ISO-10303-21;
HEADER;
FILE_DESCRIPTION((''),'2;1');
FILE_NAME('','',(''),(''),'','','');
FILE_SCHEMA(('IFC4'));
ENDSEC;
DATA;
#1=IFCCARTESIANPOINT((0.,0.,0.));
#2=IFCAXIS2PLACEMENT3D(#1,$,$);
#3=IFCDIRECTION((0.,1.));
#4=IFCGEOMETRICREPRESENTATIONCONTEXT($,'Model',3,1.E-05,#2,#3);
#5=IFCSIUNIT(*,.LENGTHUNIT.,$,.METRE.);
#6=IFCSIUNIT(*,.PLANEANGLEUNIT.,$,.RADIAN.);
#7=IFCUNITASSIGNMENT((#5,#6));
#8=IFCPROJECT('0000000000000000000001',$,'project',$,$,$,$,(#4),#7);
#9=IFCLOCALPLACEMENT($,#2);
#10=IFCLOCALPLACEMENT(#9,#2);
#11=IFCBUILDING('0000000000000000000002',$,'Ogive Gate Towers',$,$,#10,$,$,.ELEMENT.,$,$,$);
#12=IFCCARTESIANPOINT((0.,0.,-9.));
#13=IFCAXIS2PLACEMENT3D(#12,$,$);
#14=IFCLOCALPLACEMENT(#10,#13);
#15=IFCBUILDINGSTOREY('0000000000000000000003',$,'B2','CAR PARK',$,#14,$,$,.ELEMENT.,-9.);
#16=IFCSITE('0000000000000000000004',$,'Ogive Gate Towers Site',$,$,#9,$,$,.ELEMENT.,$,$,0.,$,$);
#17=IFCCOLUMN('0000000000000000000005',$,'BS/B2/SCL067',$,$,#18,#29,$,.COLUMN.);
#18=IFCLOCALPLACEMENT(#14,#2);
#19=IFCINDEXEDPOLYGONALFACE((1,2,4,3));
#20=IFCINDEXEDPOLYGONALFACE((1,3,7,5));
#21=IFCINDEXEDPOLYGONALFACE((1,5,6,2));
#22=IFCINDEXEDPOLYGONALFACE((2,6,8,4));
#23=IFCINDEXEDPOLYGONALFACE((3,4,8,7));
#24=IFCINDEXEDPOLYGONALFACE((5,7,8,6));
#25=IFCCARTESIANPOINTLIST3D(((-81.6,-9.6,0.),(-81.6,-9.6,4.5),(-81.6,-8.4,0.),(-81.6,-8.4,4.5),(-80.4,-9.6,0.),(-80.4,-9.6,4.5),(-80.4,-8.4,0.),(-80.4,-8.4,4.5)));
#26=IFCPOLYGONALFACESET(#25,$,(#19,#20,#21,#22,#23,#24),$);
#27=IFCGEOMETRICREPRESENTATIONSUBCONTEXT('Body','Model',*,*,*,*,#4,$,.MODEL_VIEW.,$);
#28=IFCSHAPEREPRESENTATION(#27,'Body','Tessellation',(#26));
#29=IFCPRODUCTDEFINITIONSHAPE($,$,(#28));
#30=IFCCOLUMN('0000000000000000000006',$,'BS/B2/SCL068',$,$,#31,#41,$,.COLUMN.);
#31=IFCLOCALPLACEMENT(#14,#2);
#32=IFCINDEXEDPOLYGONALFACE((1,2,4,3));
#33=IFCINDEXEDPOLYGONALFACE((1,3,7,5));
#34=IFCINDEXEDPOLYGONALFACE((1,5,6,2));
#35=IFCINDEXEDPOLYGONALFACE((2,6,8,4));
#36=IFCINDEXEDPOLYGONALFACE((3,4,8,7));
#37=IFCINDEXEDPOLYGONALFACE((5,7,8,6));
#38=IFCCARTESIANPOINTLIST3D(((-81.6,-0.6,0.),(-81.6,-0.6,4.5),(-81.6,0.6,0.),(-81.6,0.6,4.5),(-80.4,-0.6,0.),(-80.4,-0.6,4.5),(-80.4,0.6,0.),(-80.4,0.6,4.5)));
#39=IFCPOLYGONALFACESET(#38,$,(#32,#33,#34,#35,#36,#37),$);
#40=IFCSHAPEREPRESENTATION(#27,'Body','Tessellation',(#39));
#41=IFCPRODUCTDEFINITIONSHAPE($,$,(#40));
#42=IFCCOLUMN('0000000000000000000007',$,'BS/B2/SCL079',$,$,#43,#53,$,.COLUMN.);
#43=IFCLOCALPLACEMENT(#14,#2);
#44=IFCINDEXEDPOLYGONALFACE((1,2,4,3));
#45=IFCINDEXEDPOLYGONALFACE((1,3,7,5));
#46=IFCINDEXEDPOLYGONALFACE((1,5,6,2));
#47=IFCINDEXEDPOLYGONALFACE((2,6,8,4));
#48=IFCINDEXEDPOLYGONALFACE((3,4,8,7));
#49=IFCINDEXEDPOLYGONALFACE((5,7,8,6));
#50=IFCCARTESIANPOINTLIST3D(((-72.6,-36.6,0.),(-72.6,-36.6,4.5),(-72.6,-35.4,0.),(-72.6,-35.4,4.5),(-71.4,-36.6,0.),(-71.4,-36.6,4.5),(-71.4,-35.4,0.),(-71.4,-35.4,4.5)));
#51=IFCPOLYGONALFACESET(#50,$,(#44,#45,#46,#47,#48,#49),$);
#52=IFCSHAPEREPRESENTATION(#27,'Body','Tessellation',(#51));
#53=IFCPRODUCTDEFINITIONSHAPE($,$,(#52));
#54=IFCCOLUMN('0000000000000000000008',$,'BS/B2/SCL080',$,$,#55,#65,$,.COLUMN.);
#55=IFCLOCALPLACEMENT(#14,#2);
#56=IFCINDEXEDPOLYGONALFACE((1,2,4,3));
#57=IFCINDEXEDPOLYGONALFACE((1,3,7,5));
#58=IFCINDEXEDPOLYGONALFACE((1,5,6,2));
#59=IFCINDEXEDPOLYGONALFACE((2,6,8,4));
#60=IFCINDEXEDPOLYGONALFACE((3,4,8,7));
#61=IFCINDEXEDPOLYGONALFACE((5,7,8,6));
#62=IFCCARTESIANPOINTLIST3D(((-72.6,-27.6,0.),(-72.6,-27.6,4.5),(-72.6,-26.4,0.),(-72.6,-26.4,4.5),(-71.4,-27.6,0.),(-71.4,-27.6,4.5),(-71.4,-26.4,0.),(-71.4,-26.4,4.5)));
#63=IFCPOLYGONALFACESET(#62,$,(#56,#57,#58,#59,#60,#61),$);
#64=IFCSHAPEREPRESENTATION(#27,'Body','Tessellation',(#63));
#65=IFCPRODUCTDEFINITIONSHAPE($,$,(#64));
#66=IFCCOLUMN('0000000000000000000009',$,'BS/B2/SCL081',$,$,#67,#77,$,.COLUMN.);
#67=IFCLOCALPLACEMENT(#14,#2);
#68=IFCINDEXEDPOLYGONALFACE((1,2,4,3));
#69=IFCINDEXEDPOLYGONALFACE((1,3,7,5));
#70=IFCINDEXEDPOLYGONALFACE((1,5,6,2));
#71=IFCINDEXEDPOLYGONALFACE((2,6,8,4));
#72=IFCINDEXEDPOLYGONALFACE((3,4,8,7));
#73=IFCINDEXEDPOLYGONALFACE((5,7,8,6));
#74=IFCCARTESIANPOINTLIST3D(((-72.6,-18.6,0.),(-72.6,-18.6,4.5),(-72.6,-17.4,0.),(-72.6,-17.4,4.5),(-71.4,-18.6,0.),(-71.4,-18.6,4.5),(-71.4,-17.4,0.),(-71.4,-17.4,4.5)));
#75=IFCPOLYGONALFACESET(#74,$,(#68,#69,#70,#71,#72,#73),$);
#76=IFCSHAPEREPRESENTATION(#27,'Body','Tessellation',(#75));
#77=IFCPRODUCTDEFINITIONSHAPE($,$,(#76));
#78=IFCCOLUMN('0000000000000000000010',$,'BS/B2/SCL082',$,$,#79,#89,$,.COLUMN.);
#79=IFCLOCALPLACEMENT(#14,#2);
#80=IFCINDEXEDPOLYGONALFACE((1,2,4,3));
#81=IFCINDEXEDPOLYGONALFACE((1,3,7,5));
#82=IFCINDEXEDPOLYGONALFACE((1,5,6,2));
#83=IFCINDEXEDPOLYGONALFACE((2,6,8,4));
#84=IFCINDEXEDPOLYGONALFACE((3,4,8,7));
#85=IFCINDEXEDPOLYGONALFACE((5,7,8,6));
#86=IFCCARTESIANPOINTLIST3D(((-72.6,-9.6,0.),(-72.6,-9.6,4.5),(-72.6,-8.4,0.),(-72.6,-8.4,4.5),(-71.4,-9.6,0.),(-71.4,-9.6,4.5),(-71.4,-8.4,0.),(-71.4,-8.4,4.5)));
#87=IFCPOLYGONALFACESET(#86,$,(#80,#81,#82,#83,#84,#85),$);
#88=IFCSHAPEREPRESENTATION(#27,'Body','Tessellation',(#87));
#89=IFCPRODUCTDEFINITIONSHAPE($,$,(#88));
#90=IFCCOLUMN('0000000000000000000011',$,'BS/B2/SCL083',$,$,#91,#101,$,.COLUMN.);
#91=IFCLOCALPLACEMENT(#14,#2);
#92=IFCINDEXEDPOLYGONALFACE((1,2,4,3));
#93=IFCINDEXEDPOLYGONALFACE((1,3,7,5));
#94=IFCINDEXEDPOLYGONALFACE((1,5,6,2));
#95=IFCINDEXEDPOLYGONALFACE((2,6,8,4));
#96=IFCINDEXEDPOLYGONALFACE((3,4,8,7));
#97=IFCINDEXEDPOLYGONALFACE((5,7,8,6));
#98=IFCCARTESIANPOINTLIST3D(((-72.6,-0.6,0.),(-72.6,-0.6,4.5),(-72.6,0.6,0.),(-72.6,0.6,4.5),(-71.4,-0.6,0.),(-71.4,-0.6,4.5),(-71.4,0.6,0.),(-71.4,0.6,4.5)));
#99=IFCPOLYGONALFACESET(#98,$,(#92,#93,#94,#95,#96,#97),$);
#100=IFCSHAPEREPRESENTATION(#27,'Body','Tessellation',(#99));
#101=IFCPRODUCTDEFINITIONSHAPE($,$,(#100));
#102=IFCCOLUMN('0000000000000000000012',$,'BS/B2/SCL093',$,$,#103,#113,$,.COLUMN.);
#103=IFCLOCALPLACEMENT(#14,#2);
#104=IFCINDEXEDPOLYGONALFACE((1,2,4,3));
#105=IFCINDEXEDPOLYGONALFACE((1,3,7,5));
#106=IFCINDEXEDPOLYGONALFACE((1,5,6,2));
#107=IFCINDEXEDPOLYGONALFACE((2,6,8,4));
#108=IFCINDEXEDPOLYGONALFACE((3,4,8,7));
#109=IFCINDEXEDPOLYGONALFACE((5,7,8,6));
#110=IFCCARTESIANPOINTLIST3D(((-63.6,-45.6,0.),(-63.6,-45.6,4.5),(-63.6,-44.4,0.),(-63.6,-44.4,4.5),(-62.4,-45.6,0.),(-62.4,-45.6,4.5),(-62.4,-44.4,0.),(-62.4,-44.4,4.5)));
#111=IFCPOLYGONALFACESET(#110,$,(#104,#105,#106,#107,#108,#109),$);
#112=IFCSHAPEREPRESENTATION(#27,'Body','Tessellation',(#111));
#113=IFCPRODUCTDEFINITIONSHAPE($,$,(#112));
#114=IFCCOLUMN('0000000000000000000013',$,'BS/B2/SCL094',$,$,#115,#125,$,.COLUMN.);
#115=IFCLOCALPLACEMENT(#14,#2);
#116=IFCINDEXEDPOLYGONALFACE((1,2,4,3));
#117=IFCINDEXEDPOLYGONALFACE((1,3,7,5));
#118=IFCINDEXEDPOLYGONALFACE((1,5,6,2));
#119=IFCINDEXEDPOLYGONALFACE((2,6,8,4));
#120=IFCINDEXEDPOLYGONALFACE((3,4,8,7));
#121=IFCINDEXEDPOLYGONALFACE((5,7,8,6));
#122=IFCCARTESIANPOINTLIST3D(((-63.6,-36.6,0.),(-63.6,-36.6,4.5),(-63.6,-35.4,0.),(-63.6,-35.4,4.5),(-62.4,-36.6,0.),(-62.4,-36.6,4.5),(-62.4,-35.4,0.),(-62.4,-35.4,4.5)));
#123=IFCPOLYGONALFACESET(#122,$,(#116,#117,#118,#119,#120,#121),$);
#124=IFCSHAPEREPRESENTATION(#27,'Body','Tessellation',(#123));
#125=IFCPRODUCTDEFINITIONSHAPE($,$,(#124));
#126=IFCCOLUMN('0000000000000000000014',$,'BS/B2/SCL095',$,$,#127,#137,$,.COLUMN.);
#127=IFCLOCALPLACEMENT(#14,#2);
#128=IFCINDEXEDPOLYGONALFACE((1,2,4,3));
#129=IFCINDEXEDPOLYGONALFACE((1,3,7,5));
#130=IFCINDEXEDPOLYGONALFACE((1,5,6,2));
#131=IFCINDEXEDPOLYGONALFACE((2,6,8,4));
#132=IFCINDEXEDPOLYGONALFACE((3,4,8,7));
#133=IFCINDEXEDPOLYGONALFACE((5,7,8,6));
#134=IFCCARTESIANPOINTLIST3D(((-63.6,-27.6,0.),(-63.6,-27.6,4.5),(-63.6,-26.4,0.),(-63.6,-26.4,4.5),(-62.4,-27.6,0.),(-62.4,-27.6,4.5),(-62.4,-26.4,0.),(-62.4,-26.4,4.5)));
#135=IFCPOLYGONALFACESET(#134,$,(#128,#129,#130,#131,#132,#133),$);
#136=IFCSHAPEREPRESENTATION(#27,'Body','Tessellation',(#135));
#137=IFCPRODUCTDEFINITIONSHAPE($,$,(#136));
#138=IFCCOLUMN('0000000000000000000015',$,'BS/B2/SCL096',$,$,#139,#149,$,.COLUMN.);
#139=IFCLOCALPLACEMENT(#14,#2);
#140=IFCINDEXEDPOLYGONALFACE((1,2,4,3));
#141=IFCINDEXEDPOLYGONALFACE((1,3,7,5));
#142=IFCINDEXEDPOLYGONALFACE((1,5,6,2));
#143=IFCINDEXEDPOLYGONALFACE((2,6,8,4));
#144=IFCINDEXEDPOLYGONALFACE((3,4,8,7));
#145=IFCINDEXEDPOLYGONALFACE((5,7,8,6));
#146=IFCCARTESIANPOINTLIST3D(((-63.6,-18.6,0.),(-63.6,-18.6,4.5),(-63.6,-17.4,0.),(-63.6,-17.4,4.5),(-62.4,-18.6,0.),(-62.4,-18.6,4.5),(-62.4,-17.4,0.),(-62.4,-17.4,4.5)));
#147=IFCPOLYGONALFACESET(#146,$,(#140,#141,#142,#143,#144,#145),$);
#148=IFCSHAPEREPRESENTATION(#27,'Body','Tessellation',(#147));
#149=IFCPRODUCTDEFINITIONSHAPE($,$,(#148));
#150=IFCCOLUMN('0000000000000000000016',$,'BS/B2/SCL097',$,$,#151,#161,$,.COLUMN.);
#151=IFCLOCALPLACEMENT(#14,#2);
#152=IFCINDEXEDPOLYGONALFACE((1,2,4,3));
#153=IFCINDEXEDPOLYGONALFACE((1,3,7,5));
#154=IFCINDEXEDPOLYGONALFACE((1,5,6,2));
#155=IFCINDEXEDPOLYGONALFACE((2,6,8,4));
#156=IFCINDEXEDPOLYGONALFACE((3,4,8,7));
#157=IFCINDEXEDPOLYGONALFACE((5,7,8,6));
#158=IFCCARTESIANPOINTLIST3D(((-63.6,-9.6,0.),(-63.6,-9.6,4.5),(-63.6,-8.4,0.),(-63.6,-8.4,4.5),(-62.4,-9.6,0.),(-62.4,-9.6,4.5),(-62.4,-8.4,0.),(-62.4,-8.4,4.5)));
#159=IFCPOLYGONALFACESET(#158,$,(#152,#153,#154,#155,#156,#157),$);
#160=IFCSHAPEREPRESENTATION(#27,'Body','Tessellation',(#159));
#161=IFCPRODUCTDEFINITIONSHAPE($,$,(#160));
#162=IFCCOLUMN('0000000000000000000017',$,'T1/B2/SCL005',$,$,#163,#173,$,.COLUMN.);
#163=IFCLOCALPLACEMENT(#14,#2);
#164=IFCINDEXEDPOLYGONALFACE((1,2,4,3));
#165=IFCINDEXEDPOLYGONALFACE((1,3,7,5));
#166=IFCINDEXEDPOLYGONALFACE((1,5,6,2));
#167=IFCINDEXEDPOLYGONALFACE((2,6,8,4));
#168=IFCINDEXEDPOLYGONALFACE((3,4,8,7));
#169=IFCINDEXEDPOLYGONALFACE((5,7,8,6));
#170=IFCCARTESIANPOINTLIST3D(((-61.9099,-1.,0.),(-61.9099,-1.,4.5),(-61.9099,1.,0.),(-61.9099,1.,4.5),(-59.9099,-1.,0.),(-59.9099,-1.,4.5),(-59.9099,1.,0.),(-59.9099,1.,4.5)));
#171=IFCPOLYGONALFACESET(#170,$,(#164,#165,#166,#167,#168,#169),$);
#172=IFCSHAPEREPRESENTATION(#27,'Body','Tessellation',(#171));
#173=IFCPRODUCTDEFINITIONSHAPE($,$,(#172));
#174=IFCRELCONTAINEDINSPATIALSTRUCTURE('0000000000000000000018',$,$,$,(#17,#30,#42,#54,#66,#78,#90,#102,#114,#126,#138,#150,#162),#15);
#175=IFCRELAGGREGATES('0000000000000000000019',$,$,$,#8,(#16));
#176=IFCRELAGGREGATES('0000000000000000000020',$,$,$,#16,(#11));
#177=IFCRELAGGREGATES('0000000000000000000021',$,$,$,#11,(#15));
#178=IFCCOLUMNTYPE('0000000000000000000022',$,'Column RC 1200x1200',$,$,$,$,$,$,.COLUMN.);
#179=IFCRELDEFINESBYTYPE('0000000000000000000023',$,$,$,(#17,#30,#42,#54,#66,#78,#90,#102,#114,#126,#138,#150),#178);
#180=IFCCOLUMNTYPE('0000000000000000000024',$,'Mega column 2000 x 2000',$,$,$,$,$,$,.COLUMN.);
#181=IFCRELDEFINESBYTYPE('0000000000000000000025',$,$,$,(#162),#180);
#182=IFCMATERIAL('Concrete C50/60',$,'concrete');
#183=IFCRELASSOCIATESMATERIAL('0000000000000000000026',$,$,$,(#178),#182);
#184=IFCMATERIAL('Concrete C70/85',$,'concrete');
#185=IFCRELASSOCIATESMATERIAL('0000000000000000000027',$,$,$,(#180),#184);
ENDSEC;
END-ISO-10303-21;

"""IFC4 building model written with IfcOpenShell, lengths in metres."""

from ifc_helpers import new_model, si_unit, direction, frame, origin, origin_2d, place, context, subcontext, project, spatial, rectangle, extrude, material, material_profile, profile_set, type_object, element, save


model = new_model("IFC4")

# Units and contexts
model_context = context("Model", 3, precision=1e-05, world=origin(), true_north=direction((0.0, 1.0)))
body_context = subcontext(model_context, "Body", "Model", "MODEL_VIEW")
ifc_project = project(units=[si_unit("LENGTHUNIT", "METRE"), si_unit("PLANEANGLEUNIT", "RADIAN")], contexts=[model_context])

# Site, building, storey
site_placement = place(None, origin())
site = spatial("IfcSite", under=ifc_project, at=site_placement, Name="Ogive Gate Towers Site", CompositionType="ELEMENT", RefElevation=0.0)
building_placement = place(site_placement, origin())
building = spatial("IfcBuilding", under=site, at=building_placement, Name="Ogive Gate Towers", CompositionType="ELEMENT")
storey_placement = place(building_placement, frame((0.0, 0.0, -9.0)))
storey = spatial("IfcBuildingStorey", under=building, at=storey_placement, Name="B2", Description="CAR PARK", CompositionType="ELEMENT", Elevation=-9.0)

# Columns
ifc_material_1 = material(Name="Concrete C50/60", Category="concrete")
ifc_material_profile_1 = material_profile(ifc_material_1, rectangle(XDim=1.2, YDim=1.2, at=origin_2d()), Name="RC 1200x1200")
ifc_profile_set_1 = profile_set([ifc_material_profile_1], Name="Concrete C50/60")
column_type_1 = type_object("IfcColumnType", Name="Column RC 1200x1200", PredefinedType="COLUMN", material=ifc_profile_set_1)
for number, where, z_axis, x_axis, name in (
    (1, (-81.0, -9.0, 0.0), (0.0, 0.0, 1.0), (1.0, 0.0, 0.0), "BS/B2/SCL067"),
    (2, (-81.0, 0.0, 0.0), (0.0, 0.0, 1.0), (1.0, 0.0, 0.0), "BS/B2/SCL068"),
    (3, (-72.0, -36.0, 0.0), (0.0, 0.0, 1.0), (1.0, 0.0, 0.0), "BS/B2/SCL079"),
    (4, (-72.0, -27.0, 0.0), (0.0, 0.0, 1.0), (1.0, 0.0, 0.0), "BS/B2/SCL080"),
    (5, (-72.0, -18.0, 0.0), (0.0, 0.0, 1.0), (1.0, 0.0, 0.0), "BS/B2/SCL081"),
    (6, (-72.0, -9.0, 0.0), (0.0, 0.0, 1.0), (1.0, 0.0, 0.0), "BS/B2/SCL082"),
    (7, (-72.0, 0.0, 0.0), (0.0, 0.0, 1.0), (1.0, 0.0, 0.0), "BS/B2/SCL083"),
    (8, (-63.0, -45.0, 0.0), (0.0, 0.0, 1.0), (1.0, 0.0, 0.0), "BS/B2/SCL093"),
    (9, (-63.0, -36.0, 0.0), (0.0, 0.0, 1.0), (1.0, 0.0, 0.0), "BS/B2/SCL094"),
    (10, (-63.0, -27.0, 0.0), (0.0, 0.0, 1.0), (1.0, 0.0, 0.0), "BS/B2/SCL095"),
    (11, (-63.0, -18.0, 0.0), (0.0, 0.0, 1.0), (1.0, 0.0, 0.0), "BS/B2/SCL096"),
    (12, (-63.0, -9.0, 0.0), (0.0, 0.0, 1.0), (1.0, 0.0, 0.0), "BS/B2/SCL097"),
):
    element("IfcColumn", number, at=place(storey_placement, frame(where, z_axis=z_axis, x_axis=x_axis)), inside=storey, type_object=column_type_1, Name=name, PredefinedType="COLUMN", context=body_context, shape_type="SweptSolid", body=[
        extrude(rectangle(XDim=1.2, YDim=1.2, at=origin_2d()), origin(), (0.0, 0.0, 1.0), 4.5),
    ])
ifc_material_2 = material(Name="Concrete C70/85", Category="concrete")
ifc_material_profile_2 = material_profile(ifc_material_2, rectangle(XDim=2.0, YDim=2.0, at=origin_2d()), Name="RC 2000x2000")
ifc_profile_set_2 = profile_set([ifc_material_profile_2], Name="Concrete C70/85")
column_type_2 = type_object("IfcColumnType", Name="Mega column 2000 x 2000", PredefinedType="COLUMN", material=ifc_profile_set_2)
column_placement = place(storey_placement, frame((-60.9099, 0.0, 0.0), z_axis=(0.0, 0.0, 1.0), x_axis=(-1.0, 0.0, 0.0)))
element("IfcColumn", 13, at=column_placement, inside=storey, type_object=column_type_2, Name="T1/B2/SCL005", PredefinedType="COLUMN", context=body_context, shape_type="SweptSolid", body=[
    extrude(rectangle(XDim=2.0, YDim=2.0, at=origin_2d()), origin(), (0.0, 0.0, 1.0), 4.5),
])

save(model, "model.ifc")
